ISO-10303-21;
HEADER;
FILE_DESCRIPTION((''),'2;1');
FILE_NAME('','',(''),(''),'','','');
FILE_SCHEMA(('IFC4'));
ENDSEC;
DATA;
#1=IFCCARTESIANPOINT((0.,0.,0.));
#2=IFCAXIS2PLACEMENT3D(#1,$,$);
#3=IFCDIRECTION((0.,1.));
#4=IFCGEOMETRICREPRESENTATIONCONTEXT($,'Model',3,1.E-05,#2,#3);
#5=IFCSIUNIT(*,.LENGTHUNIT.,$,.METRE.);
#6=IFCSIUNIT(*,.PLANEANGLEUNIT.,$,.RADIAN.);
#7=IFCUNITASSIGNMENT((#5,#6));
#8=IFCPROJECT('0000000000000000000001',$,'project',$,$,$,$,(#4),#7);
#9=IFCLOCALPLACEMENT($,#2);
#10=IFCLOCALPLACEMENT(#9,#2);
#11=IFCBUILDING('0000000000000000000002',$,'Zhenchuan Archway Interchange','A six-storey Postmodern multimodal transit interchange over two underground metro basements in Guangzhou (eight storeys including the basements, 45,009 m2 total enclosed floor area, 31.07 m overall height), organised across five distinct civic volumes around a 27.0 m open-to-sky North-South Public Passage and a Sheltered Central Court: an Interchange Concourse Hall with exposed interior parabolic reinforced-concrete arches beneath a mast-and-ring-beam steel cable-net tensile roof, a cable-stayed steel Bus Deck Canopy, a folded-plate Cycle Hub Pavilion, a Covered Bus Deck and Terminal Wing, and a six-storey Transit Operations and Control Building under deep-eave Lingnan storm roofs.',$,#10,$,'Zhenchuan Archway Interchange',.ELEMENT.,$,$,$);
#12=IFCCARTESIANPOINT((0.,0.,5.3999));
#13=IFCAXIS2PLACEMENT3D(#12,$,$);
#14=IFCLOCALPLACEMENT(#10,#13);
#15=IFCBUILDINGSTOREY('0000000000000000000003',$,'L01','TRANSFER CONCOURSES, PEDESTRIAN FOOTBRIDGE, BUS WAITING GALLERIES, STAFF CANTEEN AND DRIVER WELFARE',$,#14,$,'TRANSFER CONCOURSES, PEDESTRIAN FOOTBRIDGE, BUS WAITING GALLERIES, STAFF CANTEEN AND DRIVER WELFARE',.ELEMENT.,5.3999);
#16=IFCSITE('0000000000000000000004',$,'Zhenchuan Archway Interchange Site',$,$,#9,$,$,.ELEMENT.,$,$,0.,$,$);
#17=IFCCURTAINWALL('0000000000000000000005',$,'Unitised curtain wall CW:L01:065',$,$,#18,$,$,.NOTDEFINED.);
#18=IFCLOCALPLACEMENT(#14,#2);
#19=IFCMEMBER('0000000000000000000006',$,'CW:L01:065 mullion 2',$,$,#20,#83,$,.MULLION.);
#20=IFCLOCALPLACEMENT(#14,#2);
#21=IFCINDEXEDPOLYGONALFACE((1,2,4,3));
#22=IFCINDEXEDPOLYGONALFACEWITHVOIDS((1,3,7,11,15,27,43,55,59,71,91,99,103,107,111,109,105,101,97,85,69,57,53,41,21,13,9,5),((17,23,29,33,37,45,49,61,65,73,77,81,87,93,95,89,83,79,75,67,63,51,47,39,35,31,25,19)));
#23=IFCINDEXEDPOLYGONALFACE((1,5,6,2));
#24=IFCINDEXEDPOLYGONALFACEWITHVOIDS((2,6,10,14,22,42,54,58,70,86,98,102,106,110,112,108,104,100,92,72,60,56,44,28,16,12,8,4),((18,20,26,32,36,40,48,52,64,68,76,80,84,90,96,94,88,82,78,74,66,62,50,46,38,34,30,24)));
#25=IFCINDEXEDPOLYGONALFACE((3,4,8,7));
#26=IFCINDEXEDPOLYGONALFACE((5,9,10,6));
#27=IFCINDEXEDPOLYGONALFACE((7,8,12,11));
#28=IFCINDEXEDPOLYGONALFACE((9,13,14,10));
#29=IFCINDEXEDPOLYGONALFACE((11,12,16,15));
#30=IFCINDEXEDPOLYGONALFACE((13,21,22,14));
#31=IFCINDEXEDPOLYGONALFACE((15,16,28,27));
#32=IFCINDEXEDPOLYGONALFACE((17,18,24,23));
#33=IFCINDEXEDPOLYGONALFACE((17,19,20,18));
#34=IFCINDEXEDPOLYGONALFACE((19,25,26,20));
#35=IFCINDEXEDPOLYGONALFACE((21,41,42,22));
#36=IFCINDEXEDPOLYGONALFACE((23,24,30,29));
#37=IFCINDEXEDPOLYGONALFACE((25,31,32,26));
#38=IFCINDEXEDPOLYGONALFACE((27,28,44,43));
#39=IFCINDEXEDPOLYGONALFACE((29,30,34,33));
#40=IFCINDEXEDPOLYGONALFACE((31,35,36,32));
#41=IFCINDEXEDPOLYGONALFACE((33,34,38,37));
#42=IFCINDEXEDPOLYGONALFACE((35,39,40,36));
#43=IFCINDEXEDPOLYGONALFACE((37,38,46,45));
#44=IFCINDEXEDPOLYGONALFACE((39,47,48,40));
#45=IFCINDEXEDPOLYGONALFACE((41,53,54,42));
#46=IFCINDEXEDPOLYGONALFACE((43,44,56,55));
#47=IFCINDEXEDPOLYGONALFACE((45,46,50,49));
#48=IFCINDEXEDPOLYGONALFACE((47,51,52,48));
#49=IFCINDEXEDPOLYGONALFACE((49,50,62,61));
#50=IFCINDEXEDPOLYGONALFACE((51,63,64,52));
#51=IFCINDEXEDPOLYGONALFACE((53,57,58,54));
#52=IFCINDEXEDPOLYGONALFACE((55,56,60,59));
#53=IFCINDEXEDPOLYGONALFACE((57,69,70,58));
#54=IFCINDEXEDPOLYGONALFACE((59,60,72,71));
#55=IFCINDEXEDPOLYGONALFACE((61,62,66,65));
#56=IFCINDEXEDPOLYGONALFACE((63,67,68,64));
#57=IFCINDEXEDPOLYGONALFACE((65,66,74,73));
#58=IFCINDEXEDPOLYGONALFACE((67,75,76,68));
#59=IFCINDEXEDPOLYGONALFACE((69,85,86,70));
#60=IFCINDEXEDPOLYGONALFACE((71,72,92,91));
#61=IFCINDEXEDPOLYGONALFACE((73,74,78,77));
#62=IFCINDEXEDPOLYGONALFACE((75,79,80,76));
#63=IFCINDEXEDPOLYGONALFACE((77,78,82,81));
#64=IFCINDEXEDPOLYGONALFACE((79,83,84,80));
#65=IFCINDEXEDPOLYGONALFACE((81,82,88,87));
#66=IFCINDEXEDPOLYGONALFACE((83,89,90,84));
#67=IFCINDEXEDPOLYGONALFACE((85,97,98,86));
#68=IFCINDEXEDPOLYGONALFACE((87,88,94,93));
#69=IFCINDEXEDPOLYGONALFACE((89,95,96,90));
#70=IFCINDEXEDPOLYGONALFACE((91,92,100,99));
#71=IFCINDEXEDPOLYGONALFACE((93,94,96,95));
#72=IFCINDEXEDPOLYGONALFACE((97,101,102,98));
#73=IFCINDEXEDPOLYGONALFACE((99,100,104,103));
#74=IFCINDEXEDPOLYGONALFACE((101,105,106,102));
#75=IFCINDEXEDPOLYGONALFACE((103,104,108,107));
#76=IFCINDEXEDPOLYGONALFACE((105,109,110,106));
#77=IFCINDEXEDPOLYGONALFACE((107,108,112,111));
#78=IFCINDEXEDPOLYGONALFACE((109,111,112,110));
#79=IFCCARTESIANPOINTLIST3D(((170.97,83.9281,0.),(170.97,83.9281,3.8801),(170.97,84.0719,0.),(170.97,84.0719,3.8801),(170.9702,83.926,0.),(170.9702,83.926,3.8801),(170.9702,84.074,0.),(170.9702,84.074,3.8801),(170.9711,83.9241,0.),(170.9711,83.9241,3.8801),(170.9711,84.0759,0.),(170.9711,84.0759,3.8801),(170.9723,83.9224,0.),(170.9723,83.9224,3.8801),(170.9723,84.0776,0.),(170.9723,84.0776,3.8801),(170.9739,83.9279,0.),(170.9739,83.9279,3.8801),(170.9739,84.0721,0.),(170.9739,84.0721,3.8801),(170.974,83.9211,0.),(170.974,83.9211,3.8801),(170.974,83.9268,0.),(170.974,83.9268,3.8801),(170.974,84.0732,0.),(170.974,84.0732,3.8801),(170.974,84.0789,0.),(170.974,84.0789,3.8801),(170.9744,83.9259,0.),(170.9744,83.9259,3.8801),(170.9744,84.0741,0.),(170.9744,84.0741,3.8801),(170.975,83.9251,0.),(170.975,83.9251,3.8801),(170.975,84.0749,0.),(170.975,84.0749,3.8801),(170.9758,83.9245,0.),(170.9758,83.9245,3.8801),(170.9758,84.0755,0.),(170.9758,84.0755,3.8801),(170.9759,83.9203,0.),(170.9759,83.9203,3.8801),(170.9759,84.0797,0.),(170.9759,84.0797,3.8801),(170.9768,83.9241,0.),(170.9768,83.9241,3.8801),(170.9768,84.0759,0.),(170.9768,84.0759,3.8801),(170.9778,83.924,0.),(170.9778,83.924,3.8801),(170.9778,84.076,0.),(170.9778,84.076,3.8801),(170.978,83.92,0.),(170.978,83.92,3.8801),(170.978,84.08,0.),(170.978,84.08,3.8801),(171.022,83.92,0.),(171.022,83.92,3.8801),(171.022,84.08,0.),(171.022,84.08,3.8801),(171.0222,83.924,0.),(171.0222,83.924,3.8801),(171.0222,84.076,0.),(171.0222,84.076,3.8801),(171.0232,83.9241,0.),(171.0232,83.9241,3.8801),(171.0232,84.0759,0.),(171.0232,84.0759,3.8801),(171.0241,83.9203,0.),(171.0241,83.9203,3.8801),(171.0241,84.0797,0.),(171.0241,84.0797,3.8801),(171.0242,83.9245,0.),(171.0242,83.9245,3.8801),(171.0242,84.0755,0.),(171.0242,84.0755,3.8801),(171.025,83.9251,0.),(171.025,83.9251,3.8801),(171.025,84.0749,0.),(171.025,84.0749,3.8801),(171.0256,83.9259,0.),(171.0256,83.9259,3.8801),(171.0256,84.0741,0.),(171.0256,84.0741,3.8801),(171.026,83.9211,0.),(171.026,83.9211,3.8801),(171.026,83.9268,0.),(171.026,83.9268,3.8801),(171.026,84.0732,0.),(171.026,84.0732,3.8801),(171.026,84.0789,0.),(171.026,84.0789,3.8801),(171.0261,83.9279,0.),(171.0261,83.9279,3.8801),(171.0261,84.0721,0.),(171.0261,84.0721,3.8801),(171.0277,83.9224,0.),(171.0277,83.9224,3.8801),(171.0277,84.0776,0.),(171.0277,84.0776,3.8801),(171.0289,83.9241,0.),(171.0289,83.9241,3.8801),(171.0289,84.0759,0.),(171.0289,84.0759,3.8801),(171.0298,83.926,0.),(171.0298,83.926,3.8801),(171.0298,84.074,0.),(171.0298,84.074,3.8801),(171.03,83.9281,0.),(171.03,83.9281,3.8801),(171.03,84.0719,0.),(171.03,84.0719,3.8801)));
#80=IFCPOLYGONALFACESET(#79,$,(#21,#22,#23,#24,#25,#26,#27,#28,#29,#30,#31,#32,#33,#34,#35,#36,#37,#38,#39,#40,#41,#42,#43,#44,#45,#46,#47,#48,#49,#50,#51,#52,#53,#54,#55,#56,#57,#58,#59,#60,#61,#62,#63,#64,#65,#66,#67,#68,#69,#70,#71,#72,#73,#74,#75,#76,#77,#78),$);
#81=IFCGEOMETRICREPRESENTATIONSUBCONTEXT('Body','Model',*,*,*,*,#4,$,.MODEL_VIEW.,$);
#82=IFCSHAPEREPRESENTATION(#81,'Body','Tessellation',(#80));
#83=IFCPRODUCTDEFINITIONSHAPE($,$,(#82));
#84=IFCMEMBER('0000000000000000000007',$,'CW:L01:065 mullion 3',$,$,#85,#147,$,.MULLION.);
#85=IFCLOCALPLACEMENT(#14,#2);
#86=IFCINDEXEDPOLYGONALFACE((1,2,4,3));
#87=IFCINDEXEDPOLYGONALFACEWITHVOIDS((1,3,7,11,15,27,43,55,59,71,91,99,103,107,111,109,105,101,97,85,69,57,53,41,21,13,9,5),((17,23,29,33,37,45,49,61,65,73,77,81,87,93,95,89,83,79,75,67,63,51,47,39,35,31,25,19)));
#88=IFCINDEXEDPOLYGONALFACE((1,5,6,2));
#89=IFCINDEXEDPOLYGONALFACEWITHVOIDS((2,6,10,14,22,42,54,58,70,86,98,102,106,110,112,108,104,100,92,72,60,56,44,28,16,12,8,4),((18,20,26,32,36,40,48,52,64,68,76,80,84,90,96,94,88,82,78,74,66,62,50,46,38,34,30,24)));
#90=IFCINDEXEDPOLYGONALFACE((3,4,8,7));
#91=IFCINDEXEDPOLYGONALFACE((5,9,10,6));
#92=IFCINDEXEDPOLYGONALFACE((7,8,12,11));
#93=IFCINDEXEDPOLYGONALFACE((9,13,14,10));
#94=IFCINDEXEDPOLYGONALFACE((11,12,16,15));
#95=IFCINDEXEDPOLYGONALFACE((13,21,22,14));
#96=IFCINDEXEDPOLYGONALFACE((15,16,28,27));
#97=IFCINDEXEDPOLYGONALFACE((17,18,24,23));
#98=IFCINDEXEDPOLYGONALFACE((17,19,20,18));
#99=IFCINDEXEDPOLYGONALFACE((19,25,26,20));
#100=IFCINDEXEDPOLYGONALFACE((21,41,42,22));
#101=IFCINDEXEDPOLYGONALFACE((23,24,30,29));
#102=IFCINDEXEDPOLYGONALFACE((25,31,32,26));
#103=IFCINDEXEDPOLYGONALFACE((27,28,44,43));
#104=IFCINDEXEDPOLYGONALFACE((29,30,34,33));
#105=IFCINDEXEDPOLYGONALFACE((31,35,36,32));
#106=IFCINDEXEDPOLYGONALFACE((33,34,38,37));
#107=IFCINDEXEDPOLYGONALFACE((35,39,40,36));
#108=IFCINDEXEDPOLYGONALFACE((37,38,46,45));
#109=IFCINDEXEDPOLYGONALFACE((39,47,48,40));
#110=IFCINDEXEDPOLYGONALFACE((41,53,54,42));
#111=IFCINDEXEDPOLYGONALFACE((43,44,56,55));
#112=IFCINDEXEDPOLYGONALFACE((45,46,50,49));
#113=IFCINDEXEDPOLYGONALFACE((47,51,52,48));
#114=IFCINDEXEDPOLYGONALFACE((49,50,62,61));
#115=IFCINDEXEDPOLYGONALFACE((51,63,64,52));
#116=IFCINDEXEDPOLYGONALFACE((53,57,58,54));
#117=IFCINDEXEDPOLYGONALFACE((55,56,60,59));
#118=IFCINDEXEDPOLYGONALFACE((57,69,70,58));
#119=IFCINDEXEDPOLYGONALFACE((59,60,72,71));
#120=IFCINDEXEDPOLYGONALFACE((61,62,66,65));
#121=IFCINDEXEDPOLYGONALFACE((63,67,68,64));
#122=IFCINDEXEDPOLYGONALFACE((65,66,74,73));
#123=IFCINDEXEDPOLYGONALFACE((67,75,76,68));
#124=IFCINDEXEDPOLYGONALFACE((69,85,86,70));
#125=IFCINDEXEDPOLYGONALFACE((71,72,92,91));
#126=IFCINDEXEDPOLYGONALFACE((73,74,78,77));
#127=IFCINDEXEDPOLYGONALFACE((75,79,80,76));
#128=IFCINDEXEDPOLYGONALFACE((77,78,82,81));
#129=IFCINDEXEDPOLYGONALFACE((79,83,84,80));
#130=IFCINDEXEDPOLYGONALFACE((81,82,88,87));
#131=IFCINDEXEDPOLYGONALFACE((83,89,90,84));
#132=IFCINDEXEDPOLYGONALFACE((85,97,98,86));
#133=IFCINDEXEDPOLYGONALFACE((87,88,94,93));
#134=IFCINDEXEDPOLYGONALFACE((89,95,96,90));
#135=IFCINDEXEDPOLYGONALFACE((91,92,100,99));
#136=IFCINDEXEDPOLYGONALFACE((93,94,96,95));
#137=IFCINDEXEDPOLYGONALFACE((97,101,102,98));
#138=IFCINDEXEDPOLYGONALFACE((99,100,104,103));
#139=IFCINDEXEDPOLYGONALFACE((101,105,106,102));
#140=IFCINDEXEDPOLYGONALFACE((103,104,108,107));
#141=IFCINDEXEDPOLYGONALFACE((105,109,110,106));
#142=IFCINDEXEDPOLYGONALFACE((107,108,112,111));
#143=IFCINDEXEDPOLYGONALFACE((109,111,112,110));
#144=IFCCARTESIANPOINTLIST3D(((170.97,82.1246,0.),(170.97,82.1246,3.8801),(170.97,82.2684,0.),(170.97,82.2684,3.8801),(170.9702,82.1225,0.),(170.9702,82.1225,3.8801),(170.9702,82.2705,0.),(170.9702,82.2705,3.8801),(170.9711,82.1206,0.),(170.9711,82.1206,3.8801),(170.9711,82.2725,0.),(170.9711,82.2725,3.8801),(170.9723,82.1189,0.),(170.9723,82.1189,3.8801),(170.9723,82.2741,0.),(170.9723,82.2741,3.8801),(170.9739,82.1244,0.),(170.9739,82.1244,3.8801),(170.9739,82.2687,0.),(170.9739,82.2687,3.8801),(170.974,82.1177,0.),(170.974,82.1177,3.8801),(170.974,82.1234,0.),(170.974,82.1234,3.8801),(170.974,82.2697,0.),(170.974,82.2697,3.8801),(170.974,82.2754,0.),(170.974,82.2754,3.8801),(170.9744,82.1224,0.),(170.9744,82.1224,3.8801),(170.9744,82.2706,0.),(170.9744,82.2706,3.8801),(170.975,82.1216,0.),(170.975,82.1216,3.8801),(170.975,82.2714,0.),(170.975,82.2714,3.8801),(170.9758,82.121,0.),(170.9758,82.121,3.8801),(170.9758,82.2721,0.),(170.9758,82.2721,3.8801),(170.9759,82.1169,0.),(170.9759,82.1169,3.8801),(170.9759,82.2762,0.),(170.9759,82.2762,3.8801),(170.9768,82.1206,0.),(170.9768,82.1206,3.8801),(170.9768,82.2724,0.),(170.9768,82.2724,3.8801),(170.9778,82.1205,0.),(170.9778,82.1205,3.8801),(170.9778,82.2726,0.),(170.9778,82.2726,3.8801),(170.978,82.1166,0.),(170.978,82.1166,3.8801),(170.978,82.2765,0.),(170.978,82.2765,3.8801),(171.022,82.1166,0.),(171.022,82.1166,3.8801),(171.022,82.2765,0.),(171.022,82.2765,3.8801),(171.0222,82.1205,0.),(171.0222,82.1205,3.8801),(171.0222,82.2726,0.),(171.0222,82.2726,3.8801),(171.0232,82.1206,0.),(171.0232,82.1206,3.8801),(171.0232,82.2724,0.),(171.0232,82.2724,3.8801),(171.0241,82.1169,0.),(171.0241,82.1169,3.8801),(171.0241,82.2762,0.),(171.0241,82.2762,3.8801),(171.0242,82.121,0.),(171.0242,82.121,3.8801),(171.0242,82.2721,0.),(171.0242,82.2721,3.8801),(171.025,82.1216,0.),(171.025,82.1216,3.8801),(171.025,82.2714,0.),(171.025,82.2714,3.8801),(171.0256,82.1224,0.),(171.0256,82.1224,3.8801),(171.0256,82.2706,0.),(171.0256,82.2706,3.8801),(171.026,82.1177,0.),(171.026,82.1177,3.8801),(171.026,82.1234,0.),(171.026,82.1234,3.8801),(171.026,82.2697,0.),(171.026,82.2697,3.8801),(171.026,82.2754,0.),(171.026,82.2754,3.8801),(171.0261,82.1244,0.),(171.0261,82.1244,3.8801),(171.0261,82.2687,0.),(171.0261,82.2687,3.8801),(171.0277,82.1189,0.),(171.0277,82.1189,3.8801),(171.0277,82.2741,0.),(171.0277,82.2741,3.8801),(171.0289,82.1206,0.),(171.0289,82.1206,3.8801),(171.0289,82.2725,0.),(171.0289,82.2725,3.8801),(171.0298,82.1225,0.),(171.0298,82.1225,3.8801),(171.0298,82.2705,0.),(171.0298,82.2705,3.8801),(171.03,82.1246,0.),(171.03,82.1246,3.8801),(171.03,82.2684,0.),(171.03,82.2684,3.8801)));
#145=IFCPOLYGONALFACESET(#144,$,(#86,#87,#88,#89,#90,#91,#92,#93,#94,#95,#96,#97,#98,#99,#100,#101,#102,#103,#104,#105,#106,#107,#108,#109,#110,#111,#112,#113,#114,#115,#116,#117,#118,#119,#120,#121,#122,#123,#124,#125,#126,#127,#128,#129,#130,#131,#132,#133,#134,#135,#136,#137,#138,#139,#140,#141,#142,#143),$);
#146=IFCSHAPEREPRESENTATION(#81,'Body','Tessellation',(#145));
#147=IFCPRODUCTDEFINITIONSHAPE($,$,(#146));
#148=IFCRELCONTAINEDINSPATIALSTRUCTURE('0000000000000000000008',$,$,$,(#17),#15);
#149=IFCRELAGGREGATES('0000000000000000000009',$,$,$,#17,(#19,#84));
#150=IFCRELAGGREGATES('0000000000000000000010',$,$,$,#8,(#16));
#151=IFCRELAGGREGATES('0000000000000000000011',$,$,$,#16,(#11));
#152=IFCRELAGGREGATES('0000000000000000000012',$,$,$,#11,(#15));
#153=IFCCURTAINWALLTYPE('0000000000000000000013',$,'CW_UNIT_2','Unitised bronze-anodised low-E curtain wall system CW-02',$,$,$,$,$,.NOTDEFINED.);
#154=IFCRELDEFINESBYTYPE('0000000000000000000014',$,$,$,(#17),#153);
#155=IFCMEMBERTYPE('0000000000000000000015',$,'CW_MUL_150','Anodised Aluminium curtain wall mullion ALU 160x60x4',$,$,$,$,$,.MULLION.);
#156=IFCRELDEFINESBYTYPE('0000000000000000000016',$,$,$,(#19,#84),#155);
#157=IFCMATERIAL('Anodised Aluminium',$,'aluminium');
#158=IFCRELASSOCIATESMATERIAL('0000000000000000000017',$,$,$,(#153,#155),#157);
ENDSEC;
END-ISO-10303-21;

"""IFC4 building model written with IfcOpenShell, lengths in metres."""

from ifc_helpers import new_model, si_unit, direction, frame, origin, origin_2d, place, context, subcontext, project, spatial, hollow_rectangle, extrude, material, material_profile, profile_set, type_object, element, aggregate, save


model = new_model("IFC4")

# Units and contexts
model_context = context("Model", 3, precision=1e-05, world=origin(), true_north=direction((0.0, 1.0)))
body_context = subcontext(model_context, "Body", "Model", "MODEL_VIEW")
ifc_project = project(units=[si_unit("LENGTHUNIT", "METRE"), si_unit("PLANEANGLEUNIT", "RADIAN")], contexts=[model_context])

# Site, building, storey
site_placement = place(None, origin())
site = spatial("IfcSite", under=ifc_project, at=site_placement, Name="Zhenchuan Archway Interchange Site", CompositionType="ELEMENT", RefElevation=0.0)
building_placement = place(site_placement, origin())
building = spatial("IfcBuilding", under=site, at=building_placement, Name="Zhenchuan Archway Interchange", Description="A six-storey Postmodern multimodal transit interchange over two underground metro basements in Guangzhou (eight storeys including the basements, 45,009 m2 total enclosed floor area, 31.07 m overall height), organised across five distinct civic volumes around a 27.0 m open-to-sky North-South Public Passage and a Sheltered Central Court: an Interchange Concourse Hall with exposed interior parabolic reinforced-concrete arches beneath a mast-and-ring-beam steel cable-net tensile roof, a cable-stayed steel Bus Deck Canopy, a folded-plate Cycle Hub Pavilion, a Covered Bus Deck and Terminal Wing, and a six-storey Transit Operations and Control Building under deep-eave Lingnan storm roofs.", LongName="Zhenchuan Archway Interchange", CompositionType="ELEMENT")
storey_placement = place(building_placement, frame((0.0, 0.0, 5.3999)))
storey = spatial("IfcBuildingStorey", under=building, at=storey_placement, Name="L01", Description="TRANSFER CONCOURSES, PEDESTRIAN FOOTBRIDGE, BUS WAITING GALLERIES, STAFF CANTEEN AND DRIVER WELFARE", LongName="TRANSFER CONCOURSES, PEDESTRIAN FOOTBRIDGE, BUS WAITING GALLERIES, STAFF CANTEEN AND DRIVER WELFARE", CompositionType="ELEMENT", Elevation=5.3999)

# Curtain wall, members
ifc_material_1 = material(Name="Anodised Aluminium", Category="aluminium")
curtain_wall_type = type_object("IfcCurtainWallType", Name="CW_UNIT_2", Description="Unitised bronze-anodised low-E curtain wall system CW-02", PredefinedType="NOTDEFINED", material=ifc_material_1)
curtain_wall_placement = place(storey_placement, origin())
curtain_wall = element("IfcCurtainWall", 1, at=curtain_wall_placement, inside=storey, type_object=curtain_wall_type, Name="Unitised curtain wall CW:L01:065", PredefinedType="NOTDEFINED")
ifc_material_profile_1 = material_profile(ifc_material_1, hollow_rectangle(XDim=0.0601, YDim=0.1599, WallThickness=0.0039, InnerFilletRadius=0.0039, OuterFilletRadius=0.0081, at=origin_2d()), Name="ALU 160x60x4")
ifc_profile_set_1 = profile_set([ifc_material_profile_1], Name="Anodised Aluminium")
member_type_1 = type_object("IfcMemberType", Name="CW_MUL_150", Description="Anodised Aluminium curtain wall mullion ALU 160x60x4", PredefinedType="MULLION", material=ifc_profile_set_1)
member_1_placement = place(storey_placement, frame((171.0, 84.0, 0.0), z_axis=(0.0, 0.0, 1.0), x_axis=(1.0, 0.0, 0.0)))
member_1 = element("IfcMember", 2, at=member_1_placement, type_object=member_type_1, Name="CW:L01:065 mullion 2", PredefinedType="MULLION", context=body_context, shape_type="SweptSolid", body=[
    extrude(hollow_rectangle(XDim=0.0601, YDim=0.1599, WallThickness=0.0039, InnerFilletRadius=0.0039, OuterFilletRadius=0.0081, at=origin_2d()), origin(), (0.0, 0.0, 1.0), 3.8801),
])
member_2_placement = place(storey_placement, frame((171.0, 82.1965, 0.0), z_axis=(0.0, 0.0, 1.0), x_axis=(1.0, 0.0, 0.0)))
member_2 = element("IfcMember", 3, at=member_2_placement, type_object=member_type_1, Name="CW:L01:065 mullion 3", PredefinedType="MULLION", context=body_context, shape_type="SweptSolid", body=[
    extrude(hollow_rectangle(XDim=0.0601, YDim=0.1599, WallThickness=0.0039, InnerFilletRadius=0.0039, OuterFilletRadius=0.0081, at=origin_2d()), origin(), (0.0, 0.0, 1.0), 3.8801),
])

aggregate(curtain_wall, [member_1, member_2])

save(model, "model.ifc")
